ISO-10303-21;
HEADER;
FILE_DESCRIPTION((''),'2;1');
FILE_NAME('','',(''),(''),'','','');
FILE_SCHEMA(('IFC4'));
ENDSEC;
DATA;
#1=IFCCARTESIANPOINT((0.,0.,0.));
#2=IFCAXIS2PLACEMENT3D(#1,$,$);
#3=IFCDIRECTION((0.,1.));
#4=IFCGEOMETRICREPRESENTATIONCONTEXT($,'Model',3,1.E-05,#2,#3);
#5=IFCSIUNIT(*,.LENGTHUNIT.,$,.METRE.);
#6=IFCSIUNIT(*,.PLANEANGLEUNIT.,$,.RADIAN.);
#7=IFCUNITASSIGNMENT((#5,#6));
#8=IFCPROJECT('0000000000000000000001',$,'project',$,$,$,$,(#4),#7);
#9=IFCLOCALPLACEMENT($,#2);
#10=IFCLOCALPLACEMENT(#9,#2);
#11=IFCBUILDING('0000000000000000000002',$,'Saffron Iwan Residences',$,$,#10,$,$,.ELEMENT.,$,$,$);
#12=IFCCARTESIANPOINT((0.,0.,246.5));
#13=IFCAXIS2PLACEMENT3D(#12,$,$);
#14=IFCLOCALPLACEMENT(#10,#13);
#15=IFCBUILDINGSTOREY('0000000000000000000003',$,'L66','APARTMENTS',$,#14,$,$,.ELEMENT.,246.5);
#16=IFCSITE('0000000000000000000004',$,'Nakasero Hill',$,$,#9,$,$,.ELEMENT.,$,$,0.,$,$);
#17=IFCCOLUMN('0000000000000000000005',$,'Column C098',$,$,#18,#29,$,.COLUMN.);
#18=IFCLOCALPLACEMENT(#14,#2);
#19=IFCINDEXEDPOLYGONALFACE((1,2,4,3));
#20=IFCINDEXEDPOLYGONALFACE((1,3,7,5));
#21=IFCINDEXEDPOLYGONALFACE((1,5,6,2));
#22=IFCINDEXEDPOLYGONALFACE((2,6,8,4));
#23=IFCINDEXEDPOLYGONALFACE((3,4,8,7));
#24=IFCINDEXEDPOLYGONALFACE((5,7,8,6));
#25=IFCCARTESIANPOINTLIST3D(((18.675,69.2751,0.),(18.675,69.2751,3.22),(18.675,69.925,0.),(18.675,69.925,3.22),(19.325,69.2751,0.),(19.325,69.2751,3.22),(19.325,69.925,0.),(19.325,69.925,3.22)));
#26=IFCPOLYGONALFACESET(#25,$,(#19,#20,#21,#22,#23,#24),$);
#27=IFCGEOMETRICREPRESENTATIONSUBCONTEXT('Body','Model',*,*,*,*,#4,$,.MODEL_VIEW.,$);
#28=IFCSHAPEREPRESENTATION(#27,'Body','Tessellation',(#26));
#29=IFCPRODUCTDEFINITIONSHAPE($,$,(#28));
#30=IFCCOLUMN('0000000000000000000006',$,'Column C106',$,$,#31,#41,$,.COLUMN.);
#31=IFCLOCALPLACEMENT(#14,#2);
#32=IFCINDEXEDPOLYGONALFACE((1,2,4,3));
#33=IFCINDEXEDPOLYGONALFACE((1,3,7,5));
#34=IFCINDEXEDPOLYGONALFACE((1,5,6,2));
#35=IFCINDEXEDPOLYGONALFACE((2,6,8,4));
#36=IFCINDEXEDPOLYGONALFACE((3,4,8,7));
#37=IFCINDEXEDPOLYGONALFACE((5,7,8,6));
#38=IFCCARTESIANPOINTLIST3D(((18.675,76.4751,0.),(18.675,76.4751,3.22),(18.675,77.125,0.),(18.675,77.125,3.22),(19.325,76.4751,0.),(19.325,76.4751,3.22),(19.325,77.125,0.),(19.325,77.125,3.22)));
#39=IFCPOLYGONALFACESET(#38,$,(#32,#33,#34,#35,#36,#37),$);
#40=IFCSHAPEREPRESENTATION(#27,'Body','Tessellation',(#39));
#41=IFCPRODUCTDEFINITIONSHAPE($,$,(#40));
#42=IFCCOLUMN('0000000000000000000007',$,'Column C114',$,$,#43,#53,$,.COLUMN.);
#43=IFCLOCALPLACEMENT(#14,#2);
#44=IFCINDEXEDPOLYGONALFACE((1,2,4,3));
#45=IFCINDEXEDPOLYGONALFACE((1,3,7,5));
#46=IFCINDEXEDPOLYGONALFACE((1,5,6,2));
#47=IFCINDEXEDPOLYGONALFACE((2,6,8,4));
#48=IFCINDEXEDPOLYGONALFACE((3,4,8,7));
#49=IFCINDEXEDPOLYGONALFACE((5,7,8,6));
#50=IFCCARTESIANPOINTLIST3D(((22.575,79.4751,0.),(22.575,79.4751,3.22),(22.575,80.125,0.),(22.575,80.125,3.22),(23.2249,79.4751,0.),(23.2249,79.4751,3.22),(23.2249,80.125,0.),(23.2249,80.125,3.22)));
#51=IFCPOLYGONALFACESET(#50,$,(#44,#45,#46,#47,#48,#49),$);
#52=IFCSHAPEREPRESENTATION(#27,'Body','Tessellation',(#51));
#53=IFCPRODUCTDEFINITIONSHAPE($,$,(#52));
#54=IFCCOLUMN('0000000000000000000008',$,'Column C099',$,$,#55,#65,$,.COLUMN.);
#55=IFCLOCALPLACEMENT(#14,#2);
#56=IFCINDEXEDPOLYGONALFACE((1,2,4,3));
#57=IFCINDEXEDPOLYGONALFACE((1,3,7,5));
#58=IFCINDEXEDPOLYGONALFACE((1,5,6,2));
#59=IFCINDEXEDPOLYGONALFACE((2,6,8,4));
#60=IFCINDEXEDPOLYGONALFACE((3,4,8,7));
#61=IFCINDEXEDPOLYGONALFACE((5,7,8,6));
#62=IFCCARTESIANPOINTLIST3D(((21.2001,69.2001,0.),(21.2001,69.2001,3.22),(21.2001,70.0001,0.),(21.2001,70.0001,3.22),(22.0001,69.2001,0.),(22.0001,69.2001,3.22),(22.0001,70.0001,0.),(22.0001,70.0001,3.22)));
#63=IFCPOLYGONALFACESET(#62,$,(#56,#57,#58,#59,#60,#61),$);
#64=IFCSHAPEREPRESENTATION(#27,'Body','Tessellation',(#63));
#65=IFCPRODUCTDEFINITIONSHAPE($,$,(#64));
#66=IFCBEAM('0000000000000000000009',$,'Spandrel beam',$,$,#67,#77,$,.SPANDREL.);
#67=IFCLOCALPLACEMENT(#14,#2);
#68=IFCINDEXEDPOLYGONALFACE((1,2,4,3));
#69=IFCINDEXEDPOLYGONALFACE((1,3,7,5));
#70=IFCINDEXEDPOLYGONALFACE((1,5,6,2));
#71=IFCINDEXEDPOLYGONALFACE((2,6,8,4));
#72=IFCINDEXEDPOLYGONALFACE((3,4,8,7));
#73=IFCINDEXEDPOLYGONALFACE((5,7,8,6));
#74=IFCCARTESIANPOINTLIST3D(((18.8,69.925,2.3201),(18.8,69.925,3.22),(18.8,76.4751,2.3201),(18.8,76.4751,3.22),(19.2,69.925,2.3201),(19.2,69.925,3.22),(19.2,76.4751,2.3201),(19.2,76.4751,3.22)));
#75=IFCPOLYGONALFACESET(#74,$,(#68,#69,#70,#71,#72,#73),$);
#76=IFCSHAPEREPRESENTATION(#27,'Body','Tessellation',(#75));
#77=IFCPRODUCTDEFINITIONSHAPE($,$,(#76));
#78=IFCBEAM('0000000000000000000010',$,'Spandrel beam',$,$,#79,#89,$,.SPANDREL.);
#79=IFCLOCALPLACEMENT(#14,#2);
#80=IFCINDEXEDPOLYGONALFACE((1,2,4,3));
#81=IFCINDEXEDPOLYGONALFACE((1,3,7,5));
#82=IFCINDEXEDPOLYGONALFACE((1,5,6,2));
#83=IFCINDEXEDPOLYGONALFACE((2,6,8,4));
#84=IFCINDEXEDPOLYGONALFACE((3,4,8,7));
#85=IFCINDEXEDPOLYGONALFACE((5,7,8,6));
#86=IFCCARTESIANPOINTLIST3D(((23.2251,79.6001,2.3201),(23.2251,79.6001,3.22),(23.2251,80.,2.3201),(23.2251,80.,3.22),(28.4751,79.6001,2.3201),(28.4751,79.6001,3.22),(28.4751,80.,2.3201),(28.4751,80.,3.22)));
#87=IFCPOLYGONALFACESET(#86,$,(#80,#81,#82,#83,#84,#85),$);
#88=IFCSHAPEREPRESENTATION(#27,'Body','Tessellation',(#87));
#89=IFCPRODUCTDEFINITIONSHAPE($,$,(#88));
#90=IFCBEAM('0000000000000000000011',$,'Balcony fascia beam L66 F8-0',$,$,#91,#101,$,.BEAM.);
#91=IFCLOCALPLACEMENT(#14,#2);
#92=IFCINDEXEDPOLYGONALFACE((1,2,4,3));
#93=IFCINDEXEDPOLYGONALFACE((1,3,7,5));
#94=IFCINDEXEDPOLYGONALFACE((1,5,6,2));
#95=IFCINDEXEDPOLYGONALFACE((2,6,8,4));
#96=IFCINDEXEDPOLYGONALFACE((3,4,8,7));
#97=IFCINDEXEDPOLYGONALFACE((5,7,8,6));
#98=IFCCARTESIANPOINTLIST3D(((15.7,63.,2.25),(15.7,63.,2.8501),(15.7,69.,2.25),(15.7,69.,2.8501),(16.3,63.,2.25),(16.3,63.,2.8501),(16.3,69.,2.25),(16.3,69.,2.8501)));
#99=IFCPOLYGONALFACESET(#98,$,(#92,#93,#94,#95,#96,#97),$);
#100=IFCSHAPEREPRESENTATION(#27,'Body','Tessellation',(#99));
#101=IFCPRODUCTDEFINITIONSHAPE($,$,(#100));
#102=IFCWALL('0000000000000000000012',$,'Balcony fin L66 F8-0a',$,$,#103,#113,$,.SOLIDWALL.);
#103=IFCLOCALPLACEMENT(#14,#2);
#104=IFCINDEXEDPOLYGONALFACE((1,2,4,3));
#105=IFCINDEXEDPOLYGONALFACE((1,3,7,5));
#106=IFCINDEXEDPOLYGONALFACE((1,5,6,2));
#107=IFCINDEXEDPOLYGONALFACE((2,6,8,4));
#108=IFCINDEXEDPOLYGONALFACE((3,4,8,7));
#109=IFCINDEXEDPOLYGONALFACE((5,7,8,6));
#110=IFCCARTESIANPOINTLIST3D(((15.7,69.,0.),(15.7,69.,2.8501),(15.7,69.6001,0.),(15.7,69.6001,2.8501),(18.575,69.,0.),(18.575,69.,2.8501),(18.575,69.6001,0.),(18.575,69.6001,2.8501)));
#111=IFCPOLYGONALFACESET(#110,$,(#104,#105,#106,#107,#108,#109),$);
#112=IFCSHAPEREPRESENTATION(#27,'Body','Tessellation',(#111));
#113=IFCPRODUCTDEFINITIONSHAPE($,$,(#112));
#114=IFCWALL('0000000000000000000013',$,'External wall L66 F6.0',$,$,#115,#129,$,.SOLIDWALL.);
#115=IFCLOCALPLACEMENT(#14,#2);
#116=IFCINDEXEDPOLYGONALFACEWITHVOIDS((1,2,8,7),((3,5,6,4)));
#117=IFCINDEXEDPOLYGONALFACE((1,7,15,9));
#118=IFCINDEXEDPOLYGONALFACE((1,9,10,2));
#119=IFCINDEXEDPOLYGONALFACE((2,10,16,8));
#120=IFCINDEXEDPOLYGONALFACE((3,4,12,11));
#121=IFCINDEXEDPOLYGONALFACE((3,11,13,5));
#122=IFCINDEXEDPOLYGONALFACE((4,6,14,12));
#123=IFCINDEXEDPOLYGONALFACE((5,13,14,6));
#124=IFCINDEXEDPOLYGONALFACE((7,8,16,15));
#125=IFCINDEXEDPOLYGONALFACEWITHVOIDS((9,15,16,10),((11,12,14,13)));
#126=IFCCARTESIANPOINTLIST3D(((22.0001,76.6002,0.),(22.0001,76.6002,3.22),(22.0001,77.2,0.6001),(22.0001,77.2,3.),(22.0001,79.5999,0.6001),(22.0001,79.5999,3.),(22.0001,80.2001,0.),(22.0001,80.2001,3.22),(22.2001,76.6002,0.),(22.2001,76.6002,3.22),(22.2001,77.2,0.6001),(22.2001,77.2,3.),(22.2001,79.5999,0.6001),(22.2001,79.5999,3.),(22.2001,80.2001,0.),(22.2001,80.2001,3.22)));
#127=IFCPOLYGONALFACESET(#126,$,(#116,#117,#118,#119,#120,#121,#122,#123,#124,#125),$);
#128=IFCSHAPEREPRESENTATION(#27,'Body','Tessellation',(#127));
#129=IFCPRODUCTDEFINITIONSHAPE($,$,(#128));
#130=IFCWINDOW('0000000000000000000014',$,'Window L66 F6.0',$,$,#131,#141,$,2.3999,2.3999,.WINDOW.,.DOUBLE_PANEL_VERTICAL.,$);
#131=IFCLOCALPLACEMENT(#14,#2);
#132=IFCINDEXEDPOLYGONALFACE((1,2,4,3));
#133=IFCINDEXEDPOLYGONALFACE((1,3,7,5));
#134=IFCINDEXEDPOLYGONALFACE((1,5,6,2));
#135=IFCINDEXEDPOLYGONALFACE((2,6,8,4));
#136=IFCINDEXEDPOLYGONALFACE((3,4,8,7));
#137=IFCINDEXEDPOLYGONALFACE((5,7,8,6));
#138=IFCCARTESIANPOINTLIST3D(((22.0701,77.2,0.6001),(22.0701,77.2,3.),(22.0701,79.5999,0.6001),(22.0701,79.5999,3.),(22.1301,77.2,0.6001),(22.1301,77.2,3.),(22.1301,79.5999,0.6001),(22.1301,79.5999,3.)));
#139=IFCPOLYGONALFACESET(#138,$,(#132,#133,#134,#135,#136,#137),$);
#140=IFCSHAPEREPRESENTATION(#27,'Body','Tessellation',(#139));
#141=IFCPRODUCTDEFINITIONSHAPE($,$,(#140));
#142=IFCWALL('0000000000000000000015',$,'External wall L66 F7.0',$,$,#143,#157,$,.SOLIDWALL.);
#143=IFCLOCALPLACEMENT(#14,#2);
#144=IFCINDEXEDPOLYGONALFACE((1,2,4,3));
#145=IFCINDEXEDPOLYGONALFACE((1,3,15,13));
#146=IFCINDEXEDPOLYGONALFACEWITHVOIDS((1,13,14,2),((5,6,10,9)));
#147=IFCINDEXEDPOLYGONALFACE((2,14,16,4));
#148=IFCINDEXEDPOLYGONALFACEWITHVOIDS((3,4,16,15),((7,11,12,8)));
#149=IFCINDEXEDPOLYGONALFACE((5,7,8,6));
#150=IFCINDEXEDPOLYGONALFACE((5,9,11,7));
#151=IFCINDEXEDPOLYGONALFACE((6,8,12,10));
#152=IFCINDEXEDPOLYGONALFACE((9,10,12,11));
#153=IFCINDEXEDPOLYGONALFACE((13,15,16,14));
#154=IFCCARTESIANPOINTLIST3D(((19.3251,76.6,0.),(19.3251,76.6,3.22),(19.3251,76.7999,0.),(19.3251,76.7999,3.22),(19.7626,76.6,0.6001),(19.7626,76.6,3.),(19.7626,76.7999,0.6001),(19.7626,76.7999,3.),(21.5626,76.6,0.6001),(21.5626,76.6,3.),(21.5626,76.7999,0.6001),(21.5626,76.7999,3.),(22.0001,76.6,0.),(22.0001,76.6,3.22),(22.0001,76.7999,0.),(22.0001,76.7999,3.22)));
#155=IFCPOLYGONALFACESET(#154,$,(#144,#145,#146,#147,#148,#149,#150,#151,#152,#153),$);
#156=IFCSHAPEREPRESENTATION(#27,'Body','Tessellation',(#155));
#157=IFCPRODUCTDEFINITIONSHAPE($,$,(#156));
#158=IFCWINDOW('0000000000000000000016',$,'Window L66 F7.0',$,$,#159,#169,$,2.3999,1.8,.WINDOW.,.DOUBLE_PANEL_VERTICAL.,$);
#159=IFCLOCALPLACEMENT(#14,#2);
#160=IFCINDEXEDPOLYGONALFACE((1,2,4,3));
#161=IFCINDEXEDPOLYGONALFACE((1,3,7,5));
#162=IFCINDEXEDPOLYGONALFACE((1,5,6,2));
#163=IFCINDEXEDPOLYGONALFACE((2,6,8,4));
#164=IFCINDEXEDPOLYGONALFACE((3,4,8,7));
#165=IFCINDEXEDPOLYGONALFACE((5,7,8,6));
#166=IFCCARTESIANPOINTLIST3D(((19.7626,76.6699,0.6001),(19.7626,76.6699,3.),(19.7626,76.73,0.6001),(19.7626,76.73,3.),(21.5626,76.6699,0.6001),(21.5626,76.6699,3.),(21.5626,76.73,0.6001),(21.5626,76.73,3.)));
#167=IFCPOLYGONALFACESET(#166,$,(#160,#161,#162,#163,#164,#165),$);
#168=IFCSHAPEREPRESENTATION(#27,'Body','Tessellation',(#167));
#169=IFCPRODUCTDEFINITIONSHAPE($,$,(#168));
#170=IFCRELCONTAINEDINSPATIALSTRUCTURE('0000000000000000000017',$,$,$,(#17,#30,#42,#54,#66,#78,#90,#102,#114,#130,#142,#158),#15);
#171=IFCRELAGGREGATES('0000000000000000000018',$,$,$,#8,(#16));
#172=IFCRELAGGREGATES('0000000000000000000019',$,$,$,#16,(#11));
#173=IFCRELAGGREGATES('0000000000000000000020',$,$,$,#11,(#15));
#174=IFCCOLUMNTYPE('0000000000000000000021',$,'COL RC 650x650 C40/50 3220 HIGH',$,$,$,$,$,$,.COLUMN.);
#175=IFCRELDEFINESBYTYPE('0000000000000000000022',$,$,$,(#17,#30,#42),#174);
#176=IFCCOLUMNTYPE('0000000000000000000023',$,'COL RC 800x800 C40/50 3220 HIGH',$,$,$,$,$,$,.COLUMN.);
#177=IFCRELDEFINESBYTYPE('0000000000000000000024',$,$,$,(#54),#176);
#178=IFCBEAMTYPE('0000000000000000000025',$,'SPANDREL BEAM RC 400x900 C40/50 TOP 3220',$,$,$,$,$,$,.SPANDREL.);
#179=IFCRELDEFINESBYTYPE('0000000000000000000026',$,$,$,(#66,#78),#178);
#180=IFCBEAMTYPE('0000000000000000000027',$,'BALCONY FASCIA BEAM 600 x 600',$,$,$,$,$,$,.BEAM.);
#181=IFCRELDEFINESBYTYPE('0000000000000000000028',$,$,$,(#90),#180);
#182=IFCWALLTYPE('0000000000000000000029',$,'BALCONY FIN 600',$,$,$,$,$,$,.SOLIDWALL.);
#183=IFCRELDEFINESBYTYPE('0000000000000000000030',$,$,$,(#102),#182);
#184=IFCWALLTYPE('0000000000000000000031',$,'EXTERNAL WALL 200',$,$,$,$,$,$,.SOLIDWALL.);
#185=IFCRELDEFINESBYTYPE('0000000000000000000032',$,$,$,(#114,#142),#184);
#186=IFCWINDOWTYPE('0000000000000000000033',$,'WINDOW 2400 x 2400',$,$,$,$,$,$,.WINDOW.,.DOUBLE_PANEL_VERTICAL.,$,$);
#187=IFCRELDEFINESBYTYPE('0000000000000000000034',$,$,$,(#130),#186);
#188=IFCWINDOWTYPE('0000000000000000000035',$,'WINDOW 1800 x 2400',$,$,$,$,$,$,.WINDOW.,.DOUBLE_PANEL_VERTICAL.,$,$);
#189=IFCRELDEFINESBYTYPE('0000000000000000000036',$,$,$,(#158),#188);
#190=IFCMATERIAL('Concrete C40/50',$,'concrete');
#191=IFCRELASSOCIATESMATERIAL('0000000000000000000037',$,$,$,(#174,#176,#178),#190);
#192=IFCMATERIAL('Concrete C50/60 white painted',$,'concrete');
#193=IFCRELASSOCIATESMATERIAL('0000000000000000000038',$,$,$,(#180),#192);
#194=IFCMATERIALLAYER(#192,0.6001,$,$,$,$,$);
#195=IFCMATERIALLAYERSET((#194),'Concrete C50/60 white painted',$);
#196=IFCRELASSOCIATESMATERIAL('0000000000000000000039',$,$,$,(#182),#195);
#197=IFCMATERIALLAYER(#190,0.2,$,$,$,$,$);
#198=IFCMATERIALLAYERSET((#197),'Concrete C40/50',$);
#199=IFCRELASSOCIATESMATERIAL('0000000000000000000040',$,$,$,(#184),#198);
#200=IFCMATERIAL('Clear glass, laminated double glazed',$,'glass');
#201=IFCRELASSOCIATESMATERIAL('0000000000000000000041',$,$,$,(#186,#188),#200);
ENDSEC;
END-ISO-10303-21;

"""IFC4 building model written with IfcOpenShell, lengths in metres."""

from ifc_helpers import new_model, si_unit, direction, frame, frame_2d, origin, origin_2d, place, context, subcontext, project, spatial, rectangle, extrude, source, transform, mapped, material, layer, layer_set, material_profile, profile_set, type_object, element, fill, save


model = new_model("IFC4")

# Units and contexts
model_context = context("Model", 3, precision=1e-05, world=origin(), true_north=direction((0.0, 1.0)))
body_context = subcontext(model_context, "Body", "Model", "MODEL_VIEW")
ifc_project = project(units=[si_unit("LENGTHUNIT", "METRE"), si_unit("PLANEANGLEUNIT", "RADIAN")], contexts=[model_context])

# Site, building, storey
site_placement = place(None, origin())
site = spatial("IfcSite", under=ifc_project, at=site_placement, Name="Nakasero Hill", CompositionType="ELEMENT", RefElevation=0.0)
building_placement = place(site_placement, origin())
building = spatial("IfcBuilding", under=site, at=building_placement, Name="Saffron Iwan Residences", CompositionType="ELEMENT")
storey_placement = place(building_placement, frame((0.0, 0.0, 246.5)))
storey = spatial("IfcBuildingStorey", under=building, at=storey_placement, Name="L66", Description="APARTMENTS", CompositionType="ELEMENT", Elevation=246.5)

# Columns
ifc_material_1 = material(Name="Concrete C40/50", Category="concrete")
ifc_material_profile_1 = material_profile(ifc_material_1, rectangle(XDim=0.6499, YDim=0.6499, at=origin_2d()), Name="RC 650x650")
ifc_profile_set_1 = profile_set([ifc_material_profile_1], Name="Concrete C40/50")
column_type_1 = type_object("IfcColumnType", Name="COL RC 650x650 C40/50 3220 HIGH", PredefinedType="COLUMN", material=ifc_profile_set_1)
shared_shape_1 = source(origin(), body_context, "Body", "SweptSolid", [
    extrude(rectangle(XDim=0.6499, YDim=0.6499, at=origin_2d()), origin(), (0.0, 0.0, 1.0), 3.22),
])
for number, where, z_axis, x_axis, name in (
    (1, (19.0, 69.6001, 0.0), (0.0, 0.0, 1.0), (1.0, 0.0, 0.0), "Column C098"),
    (2, (19.0, 76.8, 0.0), (0.0, 0.0, 1.0), (1.0, 0.0, 0.0), "Column C106"),
    (3, (22.8999, 79.8, 0.0), (0.0, 0.0, 1.0), (1.0, 0.0, 0.0), "Column C114"),
):
    element("IfcColumn", number, at=place(storey_placement, frame(where, z_axis=z_axis, x_axis=x_axis)), inside=storey, type_object=column_type_1, Name=name, PredefinedType="COLUMN", context=body_context, shape_type="MappedRepresentation", body=[
        mapped(shared_shape_1, transform((0.0, 0.0, 0.0))),
    ])
ifc_material_profile_2 = material_profile(ifc_material_1, rectangle(XDim=0.8, YDim=0.8, at=origin_2d()), Name="RC 800x800")
ifc_profile_set_2 = profile_set([ifc_material_profile_2], Name="Concrete C40/50")
column_type_2 = type_object("IfcColumnType", Name="COL RC 800x800 C40/50 3220 HIGH", PredefinedType="COLUMN", material=ifc_profile_set_2)
shared_shape_2 = source(origin(), body_context, "Body", "SweptSolid", [
    extrude(rectangle(XDim=0.8, YDim=0.8, at=origin_2d()), origin(), (0.0, 0.0, 1.0), 3.22),
])
column_placement = place(storey_placement, frame((21.6001, 69.6001, 0.0), z_axis=(0.0, 0.0, 1.0), x_axis=(1.0, 0.0, 0.0)))
element("IfcColumn", 4, at=column_placement, inside=storey, type_object=column_type_2, Name="Column C099", PredefinedType="COLUMN", context=body_context, shape_type="MappedRepresentation", body=[
    mapped(shared_shape_2, transform((0.0, 0.0, 0.0))),
])

# Beams
ifc_material_profile_3 = material_profile(ifc_material_1, rectangle(XDim=0.3999, YDim=0.8999, at=origin_2d()), Name="RC 400x900")
ifc_profile_set_3 = profile_set([ifc_material_profile_3], Name="Concrete C40/50")
beam_type_1 = type_object("IfcBeamType", Name="SPANDREL BEAM RC 400x900 C40/50 TOP 3220", PredefinedType="SPANDREL", material=ifc_profile_set_3)
shared_shape_3 = source(origin(), body_context, "Body", "SweptSolid", [
    extrude(rectangle(XDim=0.3999, YDim=0.8999, at=origin_2d()), origin(), (0.0, 0.0, 1.0), 6.55),
])
beam_1_placement = place(storey_placement, frame((19.0, 69.925, 2.77), z_axis=(0.0, 1.0, 0.0), x_axis=(-1.0, 0.0, 0.0)))
element("IfcBeam", 5, at=beam_1_placement, inside=storey, type_object=beam_type_1, Name="Spandrel beam", PredefinedType="SPANDREL", context=body_context, shape_type="MappedRepresentation", body=[
    mapped(shared_shape_3, transform((0.0, 0.0, 0.0))),
])
shared_shape_4 = source(origin(), body_context, "Body", "SweptSolid", [
    extrude(rectangle(XDim=0.3999, YDim=0.8999, at=origin_2d()), origin(), (0.0, 0.0, 1.0), 5.25),
])
beam_2_placement = place(storey_placement, frame((23.2251, 79.8, 2.77), z_axis=(1.0, 0.0, 0.0), x_axis=(0.0, 1.0, 0.0)))
element("IfcBeam", 6, at=beam_2_placement, inside=storey, type_object=beam_type_1, Name="Spandrel beam", PredefinedType="SPANDREL", context=body_context, shape_type="MappedRepresentation", body=[
    mapped(shared_shape_4, transform((0.0, 0.0, 0.0))),
])
ifc_material_2 = material(Name="Concrete C50/60 white painted", Category="concrete")
ifc_material_profile_4 = material_profile(ifc_material_2, rectangle(XDim=0.6001, YDim=0.6001, at=origin_2d()), Name="BALCONY FASCIA BEAM 600 x 600")
ifc_profile_set_4 = profile_set([ifc_material_profile_4], Name="Concrete C50/60 white painted")
beam_type_2 = type_object("IfcBeamType", Name="BALCONY FASCIA BEAM 600 x 600", PredefinedType="BEAM", material=ifc_profile_set_4)
shared_shape_5 = source(origin(), body_context, "Body", "SweptSolid", [
    extrude(rectangle(XDim=0.6001, YDim=0.6001, at=origin_2d()), origin(), (0.0, 0.0, 1.0), 6.0),
])
beam_3_placement = place(storey_placement, frame((16.0, 69.0, 2.55), z_axis=(0.0, -1.0, 0.0), x_axis=(1.0, 0.0, 0.0)))
element("IfcBeam", 7, at=beam_3_placement, inside=storey, type_object=beam_type_2, Name="Balcony fascia beam L66 F8-0", PredefinedType="BEAM", context=body_context, shape_type="MappedRepresentation", body=[
    mapped(shared_shape_5, transform((0.0, 0.0, 0.0))),
])

# Wall
ifc_layer_1 = layer(ifc_material_2, 0.6001)
ifc_layer_set_1 = layer_set([ifc_layer_1], Name="Concrete C50/60 white painted")
wall_type_1 = type_object("IfcWallType", Name="BALCONY FIN 600", PredefinedType="SOLIDWALL", material=ifc_layer_set_1)
wall_1_placement = place(storey_placement, frame((18.575, 69.3, 0.0), z_axis=(0.0, 0.0, 1.0), x_axis=(-1.0, 0.0, 0.0)))
element("IfcWall", 8, at=wall_1_placement, inside=storey, type_object=wall_type_1, Name="Balcony fin L66 F8-0a", PredefinedType="SOLIDWALL", context=body_context, shape_type="SweptSolid", body=[
    extrude(rectangle(XDim=2.875, YDim=0.6001, at=frame_2d((1.4375, 0.0))), origin(), (0.0, 0.0, 1.0), 2.8501),
])

# Walls, openings, windows
ifc_layer_2 = layer(ifc_material_1, 0.2)
ifc_layer_set_2 = layer_set([ifc_layer_2], Name="Concrete C40/50")
wall_type_2 = type_object("IfcWallType", Name="EXTERNAL WALL 200", PredefinedType="SOLIDWALL", material=ifc_layer_set_2)
wall_2_placement = place(storey_placement, frame((22.1001, 80.2, 0.0), z_axis=(0.0, 0.0, 1.0), x_axis=(0.0, -1.0, 0.0)))
wall_2 = element("IfcWall", 9, at=wall_2_placement, inside=storey, type_object=wall_type_2, Name="External wall L66 F6.0", PredefinedType="SOLIDWALL", context=body_context, shape_type="SweptSolid", body=[
    extrude(rectangle(XDim=3.5999, YDim=0.2, at=frame_2d((1.7998, 0.0))), origin(), (0.0, 0.0, 1.0), 3.22),
])
opening_1_placement = place(wall_2_placement, frame((0.6001, 0.0, 0.6001)))
opening_1 = element("IfcOpeningElement", 10, at=opening_1_placement, cuts=wall_2, PredefinedType="OPENING", context=body_context, shape_type="SweptSolid", body=[
    extrude(rectangle(XDim=2.3999, YDim=2.3999, at=frame_2d((1.2, 1.2))), frame((0.0, 0.1099, 0.0), z_axis=(0.0, -1.0, 0.0), x_axis=(1.0, 0.0, 0.0)), (0.0, 0.0, 1.0), 0.22),
])
ifc_material_3 = material(Name="Clear glass, laminated double glazed", Category="glass")
window_type_1 = type_object("IfcWindowType", Name="WINDOW 2400 x 2400", PartitioningType="DOUBLE_PANEL_VERTICAL", PredefinedType="WINDOW", material=ifc_material_3)
window_1_placement = place(opening_1_placement, origin())
window_1 = element("IfcWindow", 11, at=window_1_placement, inside=storey, type_object=window_type_1, Name="Window L66 F6.0", OverallHeight=2.3999, OverallWidth=2.3999, PartitioningType="DOUBLE_PANEL_VERTICAL", PredefinedType="WINDOW", context=body_context, shape_type="SweptSolid", body=[
    extrude(rectangle(XDim=2.3999, YDim=2.3999, at=frame_2d((1.2, 1.2))), frame((0.0, 0.03, 0.0), z_axis=(0.0, -1.0, 0.0), x_axis=(1.0, 0.0, 0.0)), (0.0, 0.0, 1.0), 0.0601),
])
fill(opening_1, window_1)
wall_3_placement = place(storey_placement, frame((22.0, 76.7, 0.0), z_axis=(0.0, 0.0, 1.0), x_axis=(-1.0, 0.0, 0.0)))
wall_3 = element("IfcWall", 12, at=wall_3_placement, inside=storey, type_object=wall_type_2, Name="External wall L66 F7.0", PredefinedType="SOLIDWALL", context=body_context, shape_type="SweptSolid", body=[
    extrude(rectangle(XDim=2.675, YDim=0.2, at=frame_2d((1.3374, 0.0))), origin(), (0.0, 0.0, 1.0), 3.22),
])
opening_2_placement = place(wall_3_placement, frame((0.4375, 0.0, 0.6001)))
opening_2 = element("IfcOpeningElement", 13, at=opening_2_placement, cuts=wall_3, PredefinedType="OPENING", context=body_context, shape_type="SweptSolid", body=[
    extrude(rectangle(XDim=1.8, YDim=2.3999, at=frame_2d((0.8999, 1.2))), frame((0.0, 0.1099, 0.0), z_axis=(0.0, -1.0, 0.0), x_axis=(1.0, 0.0, 0.0)), (0.0, 0.0, 1.0), 0.22),
])
window_type_2 = type_object("IfcWindowType", Name="WINDOW 1800 x 2400", PartitioningType="DOUBLE_PANEL_VERTICAL", PredefinedType="WINDOW", material=ifc_material_3)
window_2_placement = place(opening_2_placement, origin())
window_2 = element("IfcWindow", 14, at=window_2_placement, inside=storey, type_object=window_type_2, Name="Window L66 F7.0", OverallHeight=2.3999, OverallWidth=1.8, PartitioningType="DOUBLE_PANEL_VERTICAL", PredefinedType="WINDOW", context=body_context, shape_type="SweptSolid", body=[
    extrude(rectangle(XDim=1.8, YDim=2.3999, at=frame_2d((0.8999, 1.2))), frame((0.0, 0.03, 0.0), z_axis=(0.0, -1.0, 0.0), x_axis=(1.0, 0.0, 0.0)), (0.0, 0.0, 1.0), 0.0601),
])
fill(opening_2, window_2)

save(model, "model.ifc")
